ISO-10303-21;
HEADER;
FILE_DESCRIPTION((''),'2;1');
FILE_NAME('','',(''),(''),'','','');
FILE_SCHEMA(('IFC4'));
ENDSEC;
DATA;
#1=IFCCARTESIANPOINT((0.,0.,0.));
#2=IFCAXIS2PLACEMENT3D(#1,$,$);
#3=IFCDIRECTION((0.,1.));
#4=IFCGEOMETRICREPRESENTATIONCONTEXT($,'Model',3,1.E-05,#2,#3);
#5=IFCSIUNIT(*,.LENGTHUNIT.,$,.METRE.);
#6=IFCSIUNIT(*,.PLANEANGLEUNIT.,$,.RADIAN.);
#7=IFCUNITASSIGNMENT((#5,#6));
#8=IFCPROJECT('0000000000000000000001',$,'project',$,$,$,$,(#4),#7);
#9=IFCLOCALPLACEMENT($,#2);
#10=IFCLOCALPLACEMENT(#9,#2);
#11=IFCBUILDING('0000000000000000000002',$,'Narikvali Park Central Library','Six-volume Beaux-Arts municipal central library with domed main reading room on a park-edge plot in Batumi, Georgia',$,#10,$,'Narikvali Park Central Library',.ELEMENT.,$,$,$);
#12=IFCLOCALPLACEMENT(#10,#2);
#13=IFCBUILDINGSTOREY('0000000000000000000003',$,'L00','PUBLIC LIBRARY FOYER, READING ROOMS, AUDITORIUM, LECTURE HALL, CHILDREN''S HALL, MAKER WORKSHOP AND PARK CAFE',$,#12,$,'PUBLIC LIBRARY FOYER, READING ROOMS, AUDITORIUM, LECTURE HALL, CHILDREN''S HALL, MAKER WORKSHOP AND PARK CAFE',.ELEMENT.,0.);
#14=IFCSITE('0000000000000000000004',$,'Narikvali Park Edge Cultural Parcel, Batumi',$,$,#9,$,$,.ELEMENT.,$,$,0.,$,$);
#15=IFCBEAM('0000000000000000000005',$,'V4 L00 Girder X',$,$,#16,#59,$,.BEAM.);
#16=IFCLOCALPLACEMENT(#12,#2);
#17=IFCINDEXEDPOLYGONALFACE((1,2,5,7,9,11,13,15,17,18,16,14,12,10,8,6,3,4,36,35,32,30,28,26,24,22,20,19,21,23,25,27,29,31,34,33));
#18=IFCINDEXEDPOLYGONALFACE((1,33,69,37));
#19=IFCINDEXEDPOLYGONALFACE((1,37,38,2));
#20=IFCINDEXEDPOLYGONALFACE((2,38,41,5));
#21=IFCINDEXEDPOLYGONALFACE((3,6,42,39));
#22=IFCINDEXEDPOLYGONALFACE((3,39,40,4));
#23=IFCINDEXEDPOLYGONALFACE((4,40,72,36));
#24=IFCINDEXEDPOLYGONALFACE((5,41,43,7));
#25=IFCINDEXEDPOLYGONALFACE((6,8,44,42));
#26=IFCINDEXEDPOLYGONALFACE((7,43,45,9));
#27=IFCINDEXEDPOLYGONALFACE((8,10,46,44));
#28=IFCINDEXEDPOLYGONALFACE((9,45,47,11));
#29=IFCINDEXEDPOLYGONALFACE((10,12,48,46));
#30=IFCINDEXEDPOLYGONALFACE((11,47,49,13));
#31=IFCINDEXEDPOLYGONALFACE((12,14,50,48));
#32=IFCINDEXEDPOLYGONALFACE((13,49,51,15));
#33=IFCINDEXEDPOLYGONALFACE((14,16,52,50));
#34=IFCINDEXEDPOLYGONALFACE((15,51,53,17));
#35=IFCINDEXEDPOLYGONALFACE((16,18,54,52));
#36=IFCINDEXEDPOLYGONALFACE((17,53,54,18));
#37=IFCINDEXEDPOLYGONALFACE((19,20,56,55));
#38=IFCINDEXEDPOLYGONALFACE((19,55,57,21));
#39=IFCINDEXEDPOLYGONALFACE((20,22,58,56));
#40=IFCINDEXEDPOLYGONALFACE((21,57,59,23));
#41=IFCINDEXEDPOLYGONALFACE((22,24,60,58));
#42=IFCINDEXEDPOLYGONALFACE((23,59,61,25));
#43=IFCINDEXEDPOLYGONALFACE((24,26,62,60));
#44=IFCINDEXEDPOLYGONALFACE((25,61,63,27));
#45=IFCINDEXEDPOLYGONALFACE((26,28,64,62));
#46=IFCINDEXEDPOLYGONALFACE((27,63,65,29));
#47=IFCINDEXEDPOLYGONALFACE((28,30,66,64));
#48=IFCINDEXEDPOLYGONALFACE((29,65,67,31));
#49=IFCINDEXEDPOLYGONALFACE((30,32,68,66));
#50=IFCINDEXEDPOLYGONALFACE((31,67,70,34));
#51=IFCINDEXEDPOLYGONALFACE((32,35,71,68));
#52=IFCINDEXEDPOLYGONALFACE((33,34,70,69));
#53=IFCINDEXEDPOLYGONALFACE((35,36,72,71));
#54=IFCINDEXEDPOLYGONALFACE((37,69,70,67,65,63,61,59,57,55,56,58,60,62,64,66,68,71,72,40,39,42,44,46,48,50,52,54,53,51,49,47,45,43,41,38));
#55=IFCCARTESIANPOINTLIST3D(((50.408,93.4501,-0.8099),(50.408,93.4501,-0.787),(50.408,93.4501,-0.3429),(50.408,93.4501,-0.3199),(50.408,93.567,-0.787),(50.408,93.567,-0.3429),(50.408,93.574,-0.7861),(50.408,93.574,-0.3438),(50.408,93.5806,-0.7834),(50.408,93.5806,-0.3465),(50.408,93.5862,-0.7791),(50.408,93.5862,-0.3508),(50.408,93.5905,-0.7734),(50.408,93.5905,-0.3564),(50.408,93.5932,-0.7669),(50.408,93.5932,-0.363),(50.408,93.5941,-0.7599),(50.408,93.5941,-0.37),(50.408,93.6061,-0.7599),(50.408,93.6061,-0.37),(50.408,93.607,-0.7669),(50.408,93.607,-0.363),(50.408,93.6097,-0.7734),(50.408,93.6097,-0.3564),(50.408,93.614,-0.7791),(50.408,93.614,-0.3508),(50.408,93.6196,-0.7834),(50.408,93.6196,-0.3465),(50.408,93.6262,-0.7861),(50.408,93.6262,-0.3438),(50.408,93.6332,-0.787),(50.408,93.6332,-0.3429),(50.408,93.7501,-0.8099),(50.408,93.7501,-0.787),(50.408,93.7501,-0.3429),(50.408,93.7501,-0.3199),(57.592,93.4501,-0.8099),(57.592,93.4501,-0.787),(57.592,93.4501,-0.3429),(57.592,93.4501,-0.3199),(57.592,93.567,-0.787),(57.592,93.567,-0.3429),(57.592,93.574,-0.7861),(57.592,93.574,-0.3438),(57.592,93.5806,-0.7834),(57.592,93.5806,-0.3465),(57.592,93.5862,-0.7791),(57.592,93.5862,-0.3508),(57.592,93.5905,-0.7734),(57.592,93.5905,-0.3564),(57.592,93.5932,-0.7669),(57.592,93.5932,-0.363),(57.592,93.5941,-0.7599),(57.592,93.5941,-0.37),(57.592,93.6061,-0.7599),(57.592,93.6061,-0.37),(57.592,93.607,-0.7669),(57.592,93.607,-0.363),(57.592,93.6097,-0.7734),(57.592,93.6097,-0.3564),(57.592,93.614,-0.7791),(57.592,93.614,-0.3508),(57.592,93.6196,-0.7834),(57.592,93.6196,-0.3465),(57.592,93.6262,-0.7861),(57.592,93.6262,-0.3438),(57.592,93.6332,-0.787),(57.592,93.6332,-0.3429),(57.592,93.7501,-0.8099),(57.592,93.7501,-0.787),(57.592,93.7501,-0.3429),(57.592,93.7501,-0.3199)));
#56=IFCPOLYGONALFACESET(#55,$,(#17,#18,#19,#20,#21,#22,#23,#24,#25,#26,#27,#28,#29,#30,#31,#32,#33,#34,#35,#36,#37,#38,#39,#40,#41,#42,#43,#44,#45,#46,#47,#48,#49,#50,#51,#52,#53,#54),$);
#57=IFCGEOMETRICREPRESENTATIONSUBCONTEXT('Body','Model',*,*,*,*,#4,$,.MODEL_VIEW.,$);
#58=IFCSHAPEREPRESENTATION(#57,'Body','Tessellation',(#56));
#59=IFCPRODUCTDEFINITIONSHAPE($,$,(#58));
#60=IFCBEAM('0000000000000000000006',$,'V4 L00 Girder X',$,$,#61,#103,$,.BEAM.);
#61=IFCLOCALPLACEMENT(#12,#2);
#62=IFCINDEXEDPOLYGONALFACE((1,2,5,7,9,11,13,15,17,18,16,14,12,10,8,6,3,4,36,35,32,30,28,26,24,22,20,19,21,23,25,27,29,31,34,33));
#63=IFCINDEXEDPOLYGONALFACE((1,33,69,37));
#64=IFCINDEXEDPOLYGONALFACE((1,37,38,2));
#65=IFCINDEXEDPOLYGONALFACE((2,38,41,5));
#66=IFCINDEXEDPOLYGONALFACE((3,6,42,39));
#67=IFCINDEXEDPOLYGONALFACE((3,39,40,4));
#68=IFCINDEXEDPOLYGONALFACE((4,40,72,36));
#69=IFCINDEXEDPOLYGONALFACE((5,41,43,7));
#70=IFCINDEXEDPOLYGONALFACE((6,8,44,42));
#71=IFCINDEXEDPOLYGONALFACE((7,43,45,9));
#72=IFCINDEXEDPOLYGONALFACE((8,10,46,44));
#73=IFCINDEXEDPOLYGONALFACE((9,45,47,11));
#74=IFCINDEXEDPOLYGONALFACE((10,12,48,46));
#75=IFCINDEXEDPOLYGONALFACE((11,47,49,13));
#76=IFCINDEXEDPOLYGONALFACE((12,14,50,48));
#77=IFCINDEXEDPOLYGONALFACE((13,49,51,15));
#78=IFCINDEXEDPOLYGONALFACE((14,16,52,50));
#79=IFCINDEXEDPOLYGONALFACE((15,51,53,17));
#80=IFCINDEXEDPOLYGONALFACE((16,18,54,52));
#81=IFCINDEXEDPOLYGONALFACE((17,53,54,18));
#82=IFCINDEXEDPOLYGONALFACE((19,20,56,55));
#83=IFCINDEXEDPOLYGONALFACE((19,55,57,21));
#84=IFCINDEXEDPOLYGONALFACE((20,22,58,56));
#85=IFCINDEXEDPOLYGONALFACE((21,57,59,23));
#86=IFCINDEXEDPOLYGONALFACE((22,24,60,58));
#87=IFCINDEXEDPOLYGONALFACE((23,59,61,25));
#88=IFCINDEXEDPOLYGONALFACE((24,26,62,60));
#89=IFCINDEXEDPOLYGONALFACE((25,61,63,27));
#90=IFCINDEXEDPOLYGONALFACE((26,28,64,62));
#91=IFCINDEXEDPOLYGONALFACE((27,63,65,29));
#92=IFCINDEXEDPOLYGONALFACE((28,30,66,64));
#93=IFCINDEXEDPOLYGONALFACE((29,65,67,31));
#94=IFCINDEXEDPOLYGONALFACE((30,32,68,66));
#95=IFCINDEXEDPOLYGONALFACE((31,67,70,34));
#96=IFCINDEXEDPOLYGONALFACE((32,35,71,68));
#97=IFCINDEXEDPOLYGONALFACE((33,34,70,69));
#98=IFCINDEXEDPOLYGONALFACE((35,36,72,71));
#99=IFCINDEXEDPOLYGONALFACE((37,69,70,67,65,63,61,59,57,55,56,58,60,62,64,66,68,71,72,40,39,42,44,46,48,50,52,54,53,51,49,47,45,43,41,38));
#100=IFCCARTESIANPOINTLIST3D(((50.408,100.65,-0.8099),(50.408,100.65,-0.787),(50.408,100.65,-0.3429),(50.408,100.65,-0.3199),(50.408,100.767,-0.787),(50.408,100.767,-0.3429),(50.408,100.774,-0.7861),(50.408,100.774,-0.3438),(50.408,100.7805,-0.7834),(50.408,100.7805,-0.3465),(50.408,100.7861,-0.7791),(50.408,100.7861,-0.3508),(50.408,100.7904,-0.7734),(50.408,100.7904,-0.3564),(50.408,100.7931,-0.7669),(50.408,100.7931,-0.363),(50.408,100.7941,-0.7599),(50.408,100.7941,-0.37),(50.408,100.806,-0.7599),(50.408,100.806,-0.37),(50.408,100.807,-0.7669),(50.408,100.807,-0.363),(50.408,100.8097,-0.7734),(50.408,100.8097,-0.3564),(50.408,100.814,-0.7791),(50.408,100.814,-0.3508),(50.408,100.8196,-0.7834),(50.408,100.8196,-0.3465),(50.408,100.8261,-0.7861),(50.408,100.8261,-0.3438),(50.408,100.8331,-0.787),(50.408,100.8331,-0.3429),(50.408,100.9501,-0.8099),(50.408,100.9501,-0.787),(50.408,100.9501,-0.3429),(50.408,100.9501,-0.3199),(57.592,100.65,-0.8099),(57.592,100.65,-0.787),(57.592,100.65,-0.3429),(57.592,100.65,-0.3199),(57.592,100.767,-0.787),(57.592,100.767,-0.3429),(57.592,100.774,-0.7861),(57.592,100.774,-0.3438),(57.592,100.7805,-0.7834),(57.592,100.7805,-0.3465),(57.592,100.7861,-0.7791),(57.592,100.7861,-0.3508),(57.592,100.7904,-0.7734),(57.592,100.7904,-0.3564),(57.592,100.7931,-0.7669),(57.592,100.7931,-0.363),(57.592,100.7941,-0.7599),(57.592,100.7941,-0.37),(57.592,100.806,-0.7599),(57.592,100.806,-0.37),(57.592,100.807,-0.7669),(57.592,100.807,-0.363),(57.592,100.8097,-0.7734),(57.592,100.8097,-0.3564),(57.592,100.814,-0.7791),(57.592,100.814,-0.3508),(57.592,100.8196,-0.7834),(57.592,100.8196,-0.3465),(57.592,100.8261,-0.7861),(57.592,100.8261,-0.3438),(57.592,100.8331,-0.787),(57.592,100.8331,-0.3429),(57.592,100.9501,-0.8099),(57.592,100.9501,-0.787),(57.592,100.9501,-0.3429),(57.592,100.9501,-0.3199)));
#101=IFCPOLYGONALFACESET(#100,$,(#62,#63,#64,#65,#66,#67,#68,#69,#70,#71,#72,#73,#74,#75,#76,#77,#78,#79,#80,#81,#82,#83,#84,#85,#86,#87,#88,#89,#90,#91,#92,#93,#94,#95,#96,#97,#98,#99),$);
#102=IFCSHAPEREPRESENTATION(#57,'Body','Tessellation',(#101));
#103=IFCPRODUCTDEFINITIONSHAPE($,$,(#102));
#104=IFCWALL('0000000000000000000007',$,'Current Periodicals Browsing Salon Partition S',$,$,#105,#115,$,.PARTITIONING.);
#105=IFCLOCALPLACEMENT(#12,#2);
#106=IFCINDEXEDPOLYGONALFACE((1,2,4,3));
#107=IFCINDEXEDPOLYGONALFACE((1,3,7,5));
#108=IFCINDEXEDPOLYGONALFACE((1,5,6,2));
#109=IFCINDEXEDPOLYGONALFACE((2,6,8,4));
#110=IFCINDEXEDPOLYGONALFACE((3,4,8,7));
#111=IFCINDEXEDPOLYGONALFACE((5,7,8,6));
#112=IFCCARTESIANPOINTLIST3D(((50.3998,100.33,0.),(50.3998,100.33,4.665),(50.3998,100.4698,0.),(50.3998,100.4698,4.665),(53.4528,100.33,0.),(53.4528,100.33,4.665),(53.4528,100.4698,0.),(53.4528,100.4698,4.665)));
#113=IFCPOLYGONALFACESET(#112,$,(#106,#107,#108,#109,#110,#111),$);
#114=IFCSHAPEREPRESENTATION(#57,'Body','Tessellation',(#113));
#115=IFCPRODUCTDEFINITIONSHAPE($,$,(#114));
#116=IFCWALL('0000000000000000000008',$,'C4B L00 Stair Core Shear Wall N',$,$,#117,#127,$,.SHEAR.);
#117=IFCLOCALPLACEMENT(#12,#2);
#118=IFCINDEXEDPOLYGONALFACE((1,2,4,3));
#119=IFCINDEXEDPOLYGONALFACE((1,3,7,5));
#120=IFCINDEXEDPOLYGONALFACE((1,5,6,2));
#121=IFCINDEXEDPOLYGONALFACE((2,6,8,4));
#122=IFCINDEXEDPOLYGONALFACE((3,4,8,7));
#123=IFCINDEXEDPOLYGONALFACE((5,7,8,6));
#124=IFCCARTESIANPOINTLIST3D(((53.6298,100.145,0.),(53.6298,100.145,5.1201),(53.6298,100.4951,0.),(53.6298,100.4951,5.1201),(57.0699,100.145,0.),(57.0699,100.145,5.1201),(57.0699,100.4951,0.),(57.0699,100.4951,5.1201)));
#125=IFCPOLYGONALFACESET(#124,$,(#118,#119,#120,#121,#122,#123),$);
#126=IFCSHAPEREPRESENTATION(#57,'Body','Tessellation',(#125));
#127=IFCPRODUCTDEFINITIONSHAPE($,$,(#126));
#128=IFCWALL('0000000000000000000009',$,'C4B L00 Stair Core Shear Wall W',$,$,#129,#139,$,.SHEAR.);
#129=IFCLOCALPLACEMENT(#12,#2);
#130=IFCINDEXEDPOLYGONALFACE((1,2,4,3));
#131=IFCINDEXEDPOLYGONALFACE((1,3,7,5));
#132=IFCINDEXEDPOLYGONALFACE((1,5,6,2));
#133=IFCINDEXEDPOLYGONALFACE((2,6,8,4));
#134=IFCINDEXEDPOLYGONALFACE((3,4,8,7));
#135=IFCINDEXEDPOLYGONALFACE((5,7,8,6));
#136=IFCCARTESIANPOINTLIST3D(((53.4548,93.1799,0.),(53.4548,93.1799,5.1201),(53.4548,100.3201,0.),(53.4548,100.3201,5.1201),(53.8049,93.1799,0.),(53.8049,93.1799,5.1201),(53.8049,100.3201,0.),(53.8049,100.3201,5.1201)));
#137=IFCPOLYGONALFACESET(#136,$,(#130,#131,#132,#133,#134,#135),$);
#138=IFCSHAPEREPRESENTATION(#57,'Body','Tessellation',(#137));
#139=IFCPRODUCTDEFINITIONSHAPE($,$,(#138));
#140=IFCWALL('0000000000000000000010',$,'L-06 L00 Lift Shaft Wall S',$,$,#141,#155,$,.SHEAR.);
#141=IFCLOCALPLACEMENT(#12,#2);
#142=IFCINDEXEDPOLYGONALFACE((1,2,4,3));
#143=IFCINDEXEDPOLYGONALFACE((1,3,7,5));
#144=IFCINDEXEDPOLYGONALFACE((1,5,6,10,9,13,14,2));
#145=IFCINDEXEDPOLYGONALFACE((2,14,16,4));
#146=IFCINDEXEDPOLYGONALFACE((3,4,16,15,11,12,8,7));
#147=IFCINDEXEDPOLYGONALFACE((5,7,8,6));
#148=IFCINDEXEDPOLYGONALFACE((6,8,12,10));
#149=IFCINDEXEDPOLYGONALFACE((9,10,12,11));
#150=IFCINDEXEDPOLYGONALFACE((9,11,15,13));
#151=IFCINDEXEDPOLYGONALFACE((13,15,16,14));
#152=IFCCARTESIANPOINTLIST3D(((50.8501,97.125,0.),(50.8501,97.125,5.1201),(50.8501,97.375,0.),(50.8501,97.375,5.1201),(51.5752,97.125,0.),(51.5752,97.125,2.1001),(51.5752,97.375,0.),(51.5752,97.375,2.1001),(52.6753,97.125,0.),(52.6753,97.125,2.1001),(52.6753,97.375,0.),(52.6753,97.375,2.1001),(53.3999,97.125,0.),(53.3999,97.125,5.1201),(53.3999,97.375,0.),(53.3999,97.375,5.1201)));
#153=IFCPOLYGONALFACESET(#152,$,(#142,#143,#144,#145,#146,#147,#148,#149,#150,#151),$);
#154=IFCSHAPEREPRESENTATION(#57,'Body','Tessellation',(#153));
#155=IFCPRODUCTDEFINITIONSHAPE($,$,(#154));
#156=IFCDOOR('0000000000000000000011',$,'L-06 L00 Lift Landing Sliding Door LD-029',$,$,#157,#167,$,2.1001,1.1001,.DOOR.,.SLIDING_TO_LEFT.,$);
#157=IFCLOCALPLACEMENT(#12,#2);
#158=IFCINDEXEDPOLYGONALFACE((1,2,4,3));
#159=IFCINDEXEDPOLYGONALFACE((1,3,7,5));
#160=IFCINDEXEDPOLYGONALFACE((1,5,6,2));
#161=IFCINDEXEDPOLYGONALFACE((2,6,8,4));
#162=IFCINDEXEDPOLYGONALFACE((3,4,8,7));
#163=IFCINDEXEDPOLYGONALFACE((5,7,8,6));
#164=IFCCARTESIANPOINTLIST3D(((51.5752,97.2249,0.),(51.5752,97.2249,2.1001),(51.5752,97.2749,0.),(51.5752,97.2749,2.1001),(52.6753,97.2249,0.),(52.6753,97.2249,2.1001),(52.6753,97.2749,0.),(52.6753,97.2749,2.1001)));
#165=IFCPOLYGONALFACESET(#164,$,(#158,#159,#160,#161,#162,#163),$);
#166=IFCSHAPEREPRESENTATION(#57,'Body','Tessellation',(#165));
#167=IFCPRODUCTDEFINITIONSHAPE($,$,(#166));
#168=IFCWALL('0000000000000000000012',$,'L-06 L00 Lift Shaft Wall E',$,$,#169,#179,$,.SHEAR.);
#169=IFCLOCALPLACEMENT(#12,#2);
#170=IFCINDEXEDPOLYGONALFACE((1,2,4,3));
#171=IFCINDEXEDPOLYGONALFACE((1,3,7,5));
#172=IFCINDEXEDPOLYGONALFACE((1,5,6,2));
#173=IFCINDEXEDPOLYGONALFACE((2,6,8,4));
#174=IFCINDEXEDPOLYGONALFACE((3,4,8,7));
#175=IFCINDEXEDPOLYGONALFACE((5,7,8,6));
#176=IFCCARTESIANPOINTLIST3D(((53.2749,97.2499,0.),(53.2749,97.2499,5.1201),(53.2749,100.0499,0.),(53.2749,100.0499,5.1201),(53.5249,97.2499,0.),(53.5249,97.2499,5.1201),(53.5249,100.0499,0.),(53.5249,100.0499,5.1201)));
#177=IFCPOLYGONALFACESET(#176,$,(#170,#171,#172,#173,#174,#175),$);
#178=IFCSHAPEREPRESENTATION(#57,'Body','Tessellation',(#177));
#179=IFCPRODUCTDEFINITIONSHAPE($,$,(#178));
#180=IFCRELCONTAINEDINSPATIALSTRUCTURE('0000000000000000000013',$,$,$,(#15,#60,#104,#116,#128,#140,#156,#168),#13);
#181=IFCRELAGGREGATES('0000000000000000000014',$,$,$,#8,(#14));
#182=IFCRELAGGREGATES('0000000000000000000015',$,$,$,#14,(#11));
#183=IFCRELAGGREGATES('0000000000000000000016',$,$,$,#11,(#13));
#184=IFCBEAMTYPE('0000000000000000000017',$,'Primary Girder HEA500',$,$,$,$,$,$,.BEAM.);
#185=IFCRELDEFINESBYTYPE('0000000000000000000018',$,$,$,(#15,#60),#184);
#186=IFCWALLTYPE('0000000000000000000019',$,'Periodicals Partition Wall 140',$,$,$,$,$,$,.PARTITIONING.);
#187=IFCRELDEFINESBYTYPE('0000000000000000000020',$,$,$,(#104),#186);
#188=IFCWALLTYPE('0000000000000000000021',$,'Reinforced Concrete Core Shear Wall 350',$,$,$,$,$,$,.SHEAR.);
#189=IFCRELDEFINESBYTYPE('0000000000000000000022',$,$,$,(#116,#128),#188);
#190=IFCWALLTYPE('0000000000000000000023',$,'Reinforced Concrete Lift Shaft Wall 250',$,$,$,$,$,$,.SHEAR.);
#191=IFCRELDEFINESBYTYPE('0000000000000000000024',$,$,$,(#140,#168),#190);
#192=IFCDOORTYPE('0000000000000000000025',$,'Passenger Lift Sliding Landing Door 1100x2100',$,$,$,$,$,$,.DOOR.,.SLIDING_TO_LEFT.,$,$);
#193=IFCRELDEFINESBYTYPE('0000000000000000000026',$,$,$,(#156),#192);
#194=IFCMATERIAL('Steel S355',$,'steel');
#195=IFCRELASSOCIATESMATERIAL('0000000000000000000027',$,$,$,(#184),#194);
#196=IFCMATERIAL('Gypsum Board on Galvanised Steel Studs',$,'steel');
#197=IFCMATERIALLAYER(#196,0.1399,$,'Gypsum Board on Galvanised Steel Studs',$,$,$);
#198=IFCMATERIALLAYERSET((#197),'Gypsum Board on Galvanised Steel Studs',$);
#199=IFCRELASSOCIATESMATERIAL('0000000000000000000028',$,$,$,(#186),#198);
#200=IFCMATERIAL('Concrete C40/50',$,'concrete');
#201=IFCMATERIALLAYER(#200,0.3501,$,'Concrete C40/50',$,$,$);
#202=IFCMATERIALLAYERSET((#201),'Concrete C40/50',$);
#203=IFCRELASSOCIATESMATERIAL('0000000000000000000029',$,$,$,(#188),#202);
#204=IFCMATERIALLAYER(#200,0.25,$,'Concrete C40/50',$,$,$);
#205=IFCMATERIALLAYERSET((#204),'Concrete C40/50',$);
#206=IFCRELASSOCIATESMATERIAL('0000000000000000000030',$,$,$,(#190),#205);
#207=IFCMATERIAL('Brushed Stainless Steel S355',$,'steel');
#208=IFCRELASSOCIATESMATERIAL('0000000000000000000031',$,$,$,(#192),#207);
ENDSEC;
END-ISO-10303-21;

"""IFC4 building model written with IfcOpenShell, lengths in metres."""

from ifc_helpers import new_model, si_unit, direction, frame, frame_2d, origin, origin_2d, place, context, subcontext, project, spatial, rectangle, i_section, extrude, material, layer, layer_set, material_profile, profile_set, type_object, element, fill, save


model = new_model("IFC4")

# Units and contexts
model_context = context("Model", 3, precision=1e-05, world=origin(), true_north=direction((0.0, 1.0)))
body_context = subcontext(model_context, "Body", "Model", "MODEL_VIEW")
ifc_project = project(units=[si_unit("LENGTHUNIT", "METRE"), si_unit("PLANEANGLEUNIT", "RADIAN")], contexts=[model_context])

# Site, building, storey
site_placement = place(None, origin())
site = spatial("IfcSite", under=ifc_project, at=site_placement, Name="Narikvali Park Edge Cultural Parcel, Batumi", CompositionType="ELEMENT", RefElevation=0.0)
building_placement = place(site_placement, origin())
building = spatial("IfcBuilding", under=site, at=building_placement, Name="Narikvali Park Central Library", Description="Six-volume Beaux-Arts municipal central library with domed main reading room on a park-edge plot in Batumi, Georgia", LongName="Narikvali Park Central Library", CompositionType="ELEMENT")
storey_placement = place(building_placement, origin())
storey = spatial("IfcBuildingStorey", under=building, at=storey_placement, Name="L00", Description="PUBLIC LIBRARY FOYER, READING ROOMS, AUDITORIUM, LECTURE HALL, CHILDREN'S HALL, MAKER WORKSHOP AND PARK CAFE", LongName="PUBLIC LIBRARY FOYER, READING ROOMS, AUDITORIUM, LECTURE HALL, CHILDREN'S HALL, MAKER WORKSHOP AND PARK CAFE", CompositionType="ELEMENT", Elevation=0.0)

# Shared definitions
ifc_material_1 = material(Name="Steel S355", Category="steel")

# Beams
ifc_material_profile_1 = material_profile(ifc_material_1, i_section(OverallWidth=0.3, OverallDepth=0.49, WebThickness=0.012, FlangeThickness=0.0229, FilletRadius=0.0271, at=origin_2d()), Name="HEA 500")
ifc_profile_set_1 = profile_set([ifc_material_profile_1], Name="Steel S355")
beam_type_1 = type_object("IfcBeamType", Name="Primary Girder HEA500", PredefinedType="BEAM", material=ifc_profile_set_1)
for number, where, z_axis, x_axis, name in (
    (1, (50.408, 93.6001, -0.5649), (1.0, 0.0, 0.0), (0.0, 1.0, 0.0), "V4 L00 Girder X"),
    (2, (50.408, 100.8, -0.5649), (1.0, 0.0, 0.0), (0.0, 1.0, 0.0), "V4 L00 Girder X"),
):
    element("IfcBeam", number, at=place(storey_placement, frame(where, z_axis=z_axis, x_axis=x_axis)), inside=storey, type_object=beam_type_1, Name=name, PredefinedType="BEAM", context=body_context, shape_type="SweptSolid", body=[
        extrude(i_section(OverallWidth=0.3, OverallDepth=0.49, WebThickness=0.012, FlangeThickness=0.0229, FilletRadius=0.0271, at=origin_2d()), origin(), (0.0, 0.0, 1.0), 7.1841),
    ])

# Walls
ifc_material_2 = material(Name="Gypsum Board on Galvanised Steel Studs", Category="steel")
ifc_layer_1 = layer(ifc_material_2, 0.1399, Name="Gypsum Board on Galvanised Steel Studs")
ifc_layer_set_1 = layer_set([ifc_layer_1], Name="Gypsum Board on Galvanised Steel Studs")
wall_type_1 = type_object("IfcWallType", Name="Periodicals Partition Wall 140", PredefinedType="PARTITIONING", material=ifc_layer_set_1)
wall_1_placement = place(storey_placement, frame((50.3999, 100.3999, 0.0), z_axis=(0.0, 0.0, 1.0), x_axis=(1.0, 0.0, 0.0)))
element("IfcWall", 3, at=wall_1_placement, inside=storey, type_object=wall_type_1, Name="Current Periodicals Browsing Salon Partition S", PredefinedType="PARTITIONING", context=body_context, shape_type="SweptSolid", body=[
    extrude(rectangle(XDim=3.053, YDim=0.1399, at=frame_2d((1.5264, 0.0))), origin(), (0.0, 0.0, 1.0), 4.665),
])
ifc_material_3 = material(Name="Concrete C40/50", Category="concrete")
ifc_layer_2 = layer(ifc_material_3, 0.3501, Name="Concrete C40/50")
ifc_layer_set_2 = layer_set([ifc_layer_2], Name="Concrete C40/50")
wall_type_2 = type_object("IfcWallType", Name="Reinforced Concrete Core Shear Wall 350", PredefinedType="SHEAR", material=ifc_layer_set_2)
wall_2_placement = place(storey_placement, frame((57.0701, 100.3201, 0.0), z_axis=(0.0, 0.0, 1.0), x_axis=(-1.0, 0.0, 0.0)))
element("IfcWall", 4, at=wall_2_placement, inside=storey, type_object=wall_type_2, Name="C4B L00 Stair Core Shear Wall N", PredefinedType="SHEAR", context=body_context, shape_type="SweptSolid", body=[
    extrude(rectangle(XDim=3.4402, YDim=0.3501, at=frame_2d((1.7202, 0.0))), origin(), (0.0, 0.0, 1.0), 5.1201),
])
wall_3_placement = place(storey_placement, frame((53.6299, 100.3201, 0.0), z_axis=(0.0, 0.0, 1.0), x_axis=(0.0, -1.0, 0.0)))
element("IfcWall", 5, at=wall_3_placement, inside=storey, type_object=wall_type_2, Name="C4B L00 Stair Core Shear Wall W", PredefinedType="SHEAR", context=body_context, shape_type="SweptSolid", body=[
    extrude(rectangle(XDim=7.1401, YDim=0.3501, at=frame_2d((3.5701, 0.0))), origin(), (0.0, 0.0, 1.0), 5.1201),
])

# Wall, opening, door
ifc_layer_3 = layer(ifc_material_3, 0.25, Name="Concrete C40/50")
ifc_layer_set_3 = layer_set([ifc_layer_3], Name="Concrete C40/50")
wall_type_3 = type_object("IfcWallType", Name="Reinforced Concrete Lift Shaft Wall 250", PredefinedType="SHEAR", material=ifc_layer_set_3)
wall_4_placement = place(storey_placement, frame((50.8501, 97.25, 0.0), z_axis=(0.0, 0.0, 1.0), x_axis=(1.0, 0.0, 0.0)))
wall_4 = element("IfcWall", 6, at=wall_4_placement, inside=storey, type_object=wall_type_3, Name="L-06 L00 Lift Shaft Wall S", PredefinedType="SHEAR", context=body_context, shape_type="SweptSolid", body=[
    extrude(rectangle(XDim=2.5498, YDim=0.25, at=frame_2d((1.2749, 0.0))), origin(), (0.0, 0.0, 1.0), 5.1201),
])
opening_1_placement = place(wall_4_placement, frame((0.7251, 0.0, 0.0)))
opening_1 = element("IfcOpeningElement", 7, at=opening_1_placement, cuts=wall_4, PredefinedType="OPENING", context=body_context, shape_type="SweptSolid", body=[
    extrude(rectangle(XDim=1.1001, YDim=2.1001, at=frame_2d((0.55, 1.05))), frame((0.0, 0.137, 0.0), z_axis=(0.0, -1.0, 0.0), x_axis=(1.0, 0.0, 0.0)), (0.0, 0.0, 1.0), 0.2739),
])
ifc_material_4 = material(Name="Brushed Stainless Steel S355", Category="steel")
door_type = type_object("IfcDoorType", Name="Passenger Lift Sliding Landing Door 1100x2100", OperationType="SLIDING_TO_LEFT", PredefinedType="DOOR", material=ifc_material_4)
door_placement = place(opening_1_placement, origin())
door = element("IfcDoor", 8, at=door_placement, inside=storey, type_object=door_type, Name="L-06 L00 Lift Landing Sliding Door LD-029", OperationType="SLIDING_TO_LEFT", OverallHeight=2.1001, OverallWidth=1.1001, PredefinedType="DOOR", context=body_context, shape_type="SweptSolid", body=[
    extrude(rectangle(XDim=1.1001, YDim=2.1001, at=frame_2d((0.55, 1.05))), frame((0.0, 0.0249, 0.0), z_axis=(0.0, -1.0, 0.0), x_axis=(1.0, 0.0, 0.0)), (0.0, 0.0, 1.0), 0.05),
])
fill(opening_1, door)

# Wall
wall_5_placement = place(storey_placement, frame((53.3999, 97.25, 0.0), z_axis=(0.0, 0.0, 1.0), x_axis=(0.0, 1.0, 0.0)))
element("IfcWall", 9, at=wall_5_placement, inside=storey, type_object=wall_type_3, Name="L-06 L00 Lift Shaft Wall E", PredefinedType="SHEAR", context=body_context, shape_type="SweptSolid", body=[
    extrude(rectangle(XDim=2.8, YDim=0.25, at=frame_2d((1.3999, 0.0))), origin(), (0.0, 0.0, 1.0), 5.1201),
])

save(model, "model.ifc")
